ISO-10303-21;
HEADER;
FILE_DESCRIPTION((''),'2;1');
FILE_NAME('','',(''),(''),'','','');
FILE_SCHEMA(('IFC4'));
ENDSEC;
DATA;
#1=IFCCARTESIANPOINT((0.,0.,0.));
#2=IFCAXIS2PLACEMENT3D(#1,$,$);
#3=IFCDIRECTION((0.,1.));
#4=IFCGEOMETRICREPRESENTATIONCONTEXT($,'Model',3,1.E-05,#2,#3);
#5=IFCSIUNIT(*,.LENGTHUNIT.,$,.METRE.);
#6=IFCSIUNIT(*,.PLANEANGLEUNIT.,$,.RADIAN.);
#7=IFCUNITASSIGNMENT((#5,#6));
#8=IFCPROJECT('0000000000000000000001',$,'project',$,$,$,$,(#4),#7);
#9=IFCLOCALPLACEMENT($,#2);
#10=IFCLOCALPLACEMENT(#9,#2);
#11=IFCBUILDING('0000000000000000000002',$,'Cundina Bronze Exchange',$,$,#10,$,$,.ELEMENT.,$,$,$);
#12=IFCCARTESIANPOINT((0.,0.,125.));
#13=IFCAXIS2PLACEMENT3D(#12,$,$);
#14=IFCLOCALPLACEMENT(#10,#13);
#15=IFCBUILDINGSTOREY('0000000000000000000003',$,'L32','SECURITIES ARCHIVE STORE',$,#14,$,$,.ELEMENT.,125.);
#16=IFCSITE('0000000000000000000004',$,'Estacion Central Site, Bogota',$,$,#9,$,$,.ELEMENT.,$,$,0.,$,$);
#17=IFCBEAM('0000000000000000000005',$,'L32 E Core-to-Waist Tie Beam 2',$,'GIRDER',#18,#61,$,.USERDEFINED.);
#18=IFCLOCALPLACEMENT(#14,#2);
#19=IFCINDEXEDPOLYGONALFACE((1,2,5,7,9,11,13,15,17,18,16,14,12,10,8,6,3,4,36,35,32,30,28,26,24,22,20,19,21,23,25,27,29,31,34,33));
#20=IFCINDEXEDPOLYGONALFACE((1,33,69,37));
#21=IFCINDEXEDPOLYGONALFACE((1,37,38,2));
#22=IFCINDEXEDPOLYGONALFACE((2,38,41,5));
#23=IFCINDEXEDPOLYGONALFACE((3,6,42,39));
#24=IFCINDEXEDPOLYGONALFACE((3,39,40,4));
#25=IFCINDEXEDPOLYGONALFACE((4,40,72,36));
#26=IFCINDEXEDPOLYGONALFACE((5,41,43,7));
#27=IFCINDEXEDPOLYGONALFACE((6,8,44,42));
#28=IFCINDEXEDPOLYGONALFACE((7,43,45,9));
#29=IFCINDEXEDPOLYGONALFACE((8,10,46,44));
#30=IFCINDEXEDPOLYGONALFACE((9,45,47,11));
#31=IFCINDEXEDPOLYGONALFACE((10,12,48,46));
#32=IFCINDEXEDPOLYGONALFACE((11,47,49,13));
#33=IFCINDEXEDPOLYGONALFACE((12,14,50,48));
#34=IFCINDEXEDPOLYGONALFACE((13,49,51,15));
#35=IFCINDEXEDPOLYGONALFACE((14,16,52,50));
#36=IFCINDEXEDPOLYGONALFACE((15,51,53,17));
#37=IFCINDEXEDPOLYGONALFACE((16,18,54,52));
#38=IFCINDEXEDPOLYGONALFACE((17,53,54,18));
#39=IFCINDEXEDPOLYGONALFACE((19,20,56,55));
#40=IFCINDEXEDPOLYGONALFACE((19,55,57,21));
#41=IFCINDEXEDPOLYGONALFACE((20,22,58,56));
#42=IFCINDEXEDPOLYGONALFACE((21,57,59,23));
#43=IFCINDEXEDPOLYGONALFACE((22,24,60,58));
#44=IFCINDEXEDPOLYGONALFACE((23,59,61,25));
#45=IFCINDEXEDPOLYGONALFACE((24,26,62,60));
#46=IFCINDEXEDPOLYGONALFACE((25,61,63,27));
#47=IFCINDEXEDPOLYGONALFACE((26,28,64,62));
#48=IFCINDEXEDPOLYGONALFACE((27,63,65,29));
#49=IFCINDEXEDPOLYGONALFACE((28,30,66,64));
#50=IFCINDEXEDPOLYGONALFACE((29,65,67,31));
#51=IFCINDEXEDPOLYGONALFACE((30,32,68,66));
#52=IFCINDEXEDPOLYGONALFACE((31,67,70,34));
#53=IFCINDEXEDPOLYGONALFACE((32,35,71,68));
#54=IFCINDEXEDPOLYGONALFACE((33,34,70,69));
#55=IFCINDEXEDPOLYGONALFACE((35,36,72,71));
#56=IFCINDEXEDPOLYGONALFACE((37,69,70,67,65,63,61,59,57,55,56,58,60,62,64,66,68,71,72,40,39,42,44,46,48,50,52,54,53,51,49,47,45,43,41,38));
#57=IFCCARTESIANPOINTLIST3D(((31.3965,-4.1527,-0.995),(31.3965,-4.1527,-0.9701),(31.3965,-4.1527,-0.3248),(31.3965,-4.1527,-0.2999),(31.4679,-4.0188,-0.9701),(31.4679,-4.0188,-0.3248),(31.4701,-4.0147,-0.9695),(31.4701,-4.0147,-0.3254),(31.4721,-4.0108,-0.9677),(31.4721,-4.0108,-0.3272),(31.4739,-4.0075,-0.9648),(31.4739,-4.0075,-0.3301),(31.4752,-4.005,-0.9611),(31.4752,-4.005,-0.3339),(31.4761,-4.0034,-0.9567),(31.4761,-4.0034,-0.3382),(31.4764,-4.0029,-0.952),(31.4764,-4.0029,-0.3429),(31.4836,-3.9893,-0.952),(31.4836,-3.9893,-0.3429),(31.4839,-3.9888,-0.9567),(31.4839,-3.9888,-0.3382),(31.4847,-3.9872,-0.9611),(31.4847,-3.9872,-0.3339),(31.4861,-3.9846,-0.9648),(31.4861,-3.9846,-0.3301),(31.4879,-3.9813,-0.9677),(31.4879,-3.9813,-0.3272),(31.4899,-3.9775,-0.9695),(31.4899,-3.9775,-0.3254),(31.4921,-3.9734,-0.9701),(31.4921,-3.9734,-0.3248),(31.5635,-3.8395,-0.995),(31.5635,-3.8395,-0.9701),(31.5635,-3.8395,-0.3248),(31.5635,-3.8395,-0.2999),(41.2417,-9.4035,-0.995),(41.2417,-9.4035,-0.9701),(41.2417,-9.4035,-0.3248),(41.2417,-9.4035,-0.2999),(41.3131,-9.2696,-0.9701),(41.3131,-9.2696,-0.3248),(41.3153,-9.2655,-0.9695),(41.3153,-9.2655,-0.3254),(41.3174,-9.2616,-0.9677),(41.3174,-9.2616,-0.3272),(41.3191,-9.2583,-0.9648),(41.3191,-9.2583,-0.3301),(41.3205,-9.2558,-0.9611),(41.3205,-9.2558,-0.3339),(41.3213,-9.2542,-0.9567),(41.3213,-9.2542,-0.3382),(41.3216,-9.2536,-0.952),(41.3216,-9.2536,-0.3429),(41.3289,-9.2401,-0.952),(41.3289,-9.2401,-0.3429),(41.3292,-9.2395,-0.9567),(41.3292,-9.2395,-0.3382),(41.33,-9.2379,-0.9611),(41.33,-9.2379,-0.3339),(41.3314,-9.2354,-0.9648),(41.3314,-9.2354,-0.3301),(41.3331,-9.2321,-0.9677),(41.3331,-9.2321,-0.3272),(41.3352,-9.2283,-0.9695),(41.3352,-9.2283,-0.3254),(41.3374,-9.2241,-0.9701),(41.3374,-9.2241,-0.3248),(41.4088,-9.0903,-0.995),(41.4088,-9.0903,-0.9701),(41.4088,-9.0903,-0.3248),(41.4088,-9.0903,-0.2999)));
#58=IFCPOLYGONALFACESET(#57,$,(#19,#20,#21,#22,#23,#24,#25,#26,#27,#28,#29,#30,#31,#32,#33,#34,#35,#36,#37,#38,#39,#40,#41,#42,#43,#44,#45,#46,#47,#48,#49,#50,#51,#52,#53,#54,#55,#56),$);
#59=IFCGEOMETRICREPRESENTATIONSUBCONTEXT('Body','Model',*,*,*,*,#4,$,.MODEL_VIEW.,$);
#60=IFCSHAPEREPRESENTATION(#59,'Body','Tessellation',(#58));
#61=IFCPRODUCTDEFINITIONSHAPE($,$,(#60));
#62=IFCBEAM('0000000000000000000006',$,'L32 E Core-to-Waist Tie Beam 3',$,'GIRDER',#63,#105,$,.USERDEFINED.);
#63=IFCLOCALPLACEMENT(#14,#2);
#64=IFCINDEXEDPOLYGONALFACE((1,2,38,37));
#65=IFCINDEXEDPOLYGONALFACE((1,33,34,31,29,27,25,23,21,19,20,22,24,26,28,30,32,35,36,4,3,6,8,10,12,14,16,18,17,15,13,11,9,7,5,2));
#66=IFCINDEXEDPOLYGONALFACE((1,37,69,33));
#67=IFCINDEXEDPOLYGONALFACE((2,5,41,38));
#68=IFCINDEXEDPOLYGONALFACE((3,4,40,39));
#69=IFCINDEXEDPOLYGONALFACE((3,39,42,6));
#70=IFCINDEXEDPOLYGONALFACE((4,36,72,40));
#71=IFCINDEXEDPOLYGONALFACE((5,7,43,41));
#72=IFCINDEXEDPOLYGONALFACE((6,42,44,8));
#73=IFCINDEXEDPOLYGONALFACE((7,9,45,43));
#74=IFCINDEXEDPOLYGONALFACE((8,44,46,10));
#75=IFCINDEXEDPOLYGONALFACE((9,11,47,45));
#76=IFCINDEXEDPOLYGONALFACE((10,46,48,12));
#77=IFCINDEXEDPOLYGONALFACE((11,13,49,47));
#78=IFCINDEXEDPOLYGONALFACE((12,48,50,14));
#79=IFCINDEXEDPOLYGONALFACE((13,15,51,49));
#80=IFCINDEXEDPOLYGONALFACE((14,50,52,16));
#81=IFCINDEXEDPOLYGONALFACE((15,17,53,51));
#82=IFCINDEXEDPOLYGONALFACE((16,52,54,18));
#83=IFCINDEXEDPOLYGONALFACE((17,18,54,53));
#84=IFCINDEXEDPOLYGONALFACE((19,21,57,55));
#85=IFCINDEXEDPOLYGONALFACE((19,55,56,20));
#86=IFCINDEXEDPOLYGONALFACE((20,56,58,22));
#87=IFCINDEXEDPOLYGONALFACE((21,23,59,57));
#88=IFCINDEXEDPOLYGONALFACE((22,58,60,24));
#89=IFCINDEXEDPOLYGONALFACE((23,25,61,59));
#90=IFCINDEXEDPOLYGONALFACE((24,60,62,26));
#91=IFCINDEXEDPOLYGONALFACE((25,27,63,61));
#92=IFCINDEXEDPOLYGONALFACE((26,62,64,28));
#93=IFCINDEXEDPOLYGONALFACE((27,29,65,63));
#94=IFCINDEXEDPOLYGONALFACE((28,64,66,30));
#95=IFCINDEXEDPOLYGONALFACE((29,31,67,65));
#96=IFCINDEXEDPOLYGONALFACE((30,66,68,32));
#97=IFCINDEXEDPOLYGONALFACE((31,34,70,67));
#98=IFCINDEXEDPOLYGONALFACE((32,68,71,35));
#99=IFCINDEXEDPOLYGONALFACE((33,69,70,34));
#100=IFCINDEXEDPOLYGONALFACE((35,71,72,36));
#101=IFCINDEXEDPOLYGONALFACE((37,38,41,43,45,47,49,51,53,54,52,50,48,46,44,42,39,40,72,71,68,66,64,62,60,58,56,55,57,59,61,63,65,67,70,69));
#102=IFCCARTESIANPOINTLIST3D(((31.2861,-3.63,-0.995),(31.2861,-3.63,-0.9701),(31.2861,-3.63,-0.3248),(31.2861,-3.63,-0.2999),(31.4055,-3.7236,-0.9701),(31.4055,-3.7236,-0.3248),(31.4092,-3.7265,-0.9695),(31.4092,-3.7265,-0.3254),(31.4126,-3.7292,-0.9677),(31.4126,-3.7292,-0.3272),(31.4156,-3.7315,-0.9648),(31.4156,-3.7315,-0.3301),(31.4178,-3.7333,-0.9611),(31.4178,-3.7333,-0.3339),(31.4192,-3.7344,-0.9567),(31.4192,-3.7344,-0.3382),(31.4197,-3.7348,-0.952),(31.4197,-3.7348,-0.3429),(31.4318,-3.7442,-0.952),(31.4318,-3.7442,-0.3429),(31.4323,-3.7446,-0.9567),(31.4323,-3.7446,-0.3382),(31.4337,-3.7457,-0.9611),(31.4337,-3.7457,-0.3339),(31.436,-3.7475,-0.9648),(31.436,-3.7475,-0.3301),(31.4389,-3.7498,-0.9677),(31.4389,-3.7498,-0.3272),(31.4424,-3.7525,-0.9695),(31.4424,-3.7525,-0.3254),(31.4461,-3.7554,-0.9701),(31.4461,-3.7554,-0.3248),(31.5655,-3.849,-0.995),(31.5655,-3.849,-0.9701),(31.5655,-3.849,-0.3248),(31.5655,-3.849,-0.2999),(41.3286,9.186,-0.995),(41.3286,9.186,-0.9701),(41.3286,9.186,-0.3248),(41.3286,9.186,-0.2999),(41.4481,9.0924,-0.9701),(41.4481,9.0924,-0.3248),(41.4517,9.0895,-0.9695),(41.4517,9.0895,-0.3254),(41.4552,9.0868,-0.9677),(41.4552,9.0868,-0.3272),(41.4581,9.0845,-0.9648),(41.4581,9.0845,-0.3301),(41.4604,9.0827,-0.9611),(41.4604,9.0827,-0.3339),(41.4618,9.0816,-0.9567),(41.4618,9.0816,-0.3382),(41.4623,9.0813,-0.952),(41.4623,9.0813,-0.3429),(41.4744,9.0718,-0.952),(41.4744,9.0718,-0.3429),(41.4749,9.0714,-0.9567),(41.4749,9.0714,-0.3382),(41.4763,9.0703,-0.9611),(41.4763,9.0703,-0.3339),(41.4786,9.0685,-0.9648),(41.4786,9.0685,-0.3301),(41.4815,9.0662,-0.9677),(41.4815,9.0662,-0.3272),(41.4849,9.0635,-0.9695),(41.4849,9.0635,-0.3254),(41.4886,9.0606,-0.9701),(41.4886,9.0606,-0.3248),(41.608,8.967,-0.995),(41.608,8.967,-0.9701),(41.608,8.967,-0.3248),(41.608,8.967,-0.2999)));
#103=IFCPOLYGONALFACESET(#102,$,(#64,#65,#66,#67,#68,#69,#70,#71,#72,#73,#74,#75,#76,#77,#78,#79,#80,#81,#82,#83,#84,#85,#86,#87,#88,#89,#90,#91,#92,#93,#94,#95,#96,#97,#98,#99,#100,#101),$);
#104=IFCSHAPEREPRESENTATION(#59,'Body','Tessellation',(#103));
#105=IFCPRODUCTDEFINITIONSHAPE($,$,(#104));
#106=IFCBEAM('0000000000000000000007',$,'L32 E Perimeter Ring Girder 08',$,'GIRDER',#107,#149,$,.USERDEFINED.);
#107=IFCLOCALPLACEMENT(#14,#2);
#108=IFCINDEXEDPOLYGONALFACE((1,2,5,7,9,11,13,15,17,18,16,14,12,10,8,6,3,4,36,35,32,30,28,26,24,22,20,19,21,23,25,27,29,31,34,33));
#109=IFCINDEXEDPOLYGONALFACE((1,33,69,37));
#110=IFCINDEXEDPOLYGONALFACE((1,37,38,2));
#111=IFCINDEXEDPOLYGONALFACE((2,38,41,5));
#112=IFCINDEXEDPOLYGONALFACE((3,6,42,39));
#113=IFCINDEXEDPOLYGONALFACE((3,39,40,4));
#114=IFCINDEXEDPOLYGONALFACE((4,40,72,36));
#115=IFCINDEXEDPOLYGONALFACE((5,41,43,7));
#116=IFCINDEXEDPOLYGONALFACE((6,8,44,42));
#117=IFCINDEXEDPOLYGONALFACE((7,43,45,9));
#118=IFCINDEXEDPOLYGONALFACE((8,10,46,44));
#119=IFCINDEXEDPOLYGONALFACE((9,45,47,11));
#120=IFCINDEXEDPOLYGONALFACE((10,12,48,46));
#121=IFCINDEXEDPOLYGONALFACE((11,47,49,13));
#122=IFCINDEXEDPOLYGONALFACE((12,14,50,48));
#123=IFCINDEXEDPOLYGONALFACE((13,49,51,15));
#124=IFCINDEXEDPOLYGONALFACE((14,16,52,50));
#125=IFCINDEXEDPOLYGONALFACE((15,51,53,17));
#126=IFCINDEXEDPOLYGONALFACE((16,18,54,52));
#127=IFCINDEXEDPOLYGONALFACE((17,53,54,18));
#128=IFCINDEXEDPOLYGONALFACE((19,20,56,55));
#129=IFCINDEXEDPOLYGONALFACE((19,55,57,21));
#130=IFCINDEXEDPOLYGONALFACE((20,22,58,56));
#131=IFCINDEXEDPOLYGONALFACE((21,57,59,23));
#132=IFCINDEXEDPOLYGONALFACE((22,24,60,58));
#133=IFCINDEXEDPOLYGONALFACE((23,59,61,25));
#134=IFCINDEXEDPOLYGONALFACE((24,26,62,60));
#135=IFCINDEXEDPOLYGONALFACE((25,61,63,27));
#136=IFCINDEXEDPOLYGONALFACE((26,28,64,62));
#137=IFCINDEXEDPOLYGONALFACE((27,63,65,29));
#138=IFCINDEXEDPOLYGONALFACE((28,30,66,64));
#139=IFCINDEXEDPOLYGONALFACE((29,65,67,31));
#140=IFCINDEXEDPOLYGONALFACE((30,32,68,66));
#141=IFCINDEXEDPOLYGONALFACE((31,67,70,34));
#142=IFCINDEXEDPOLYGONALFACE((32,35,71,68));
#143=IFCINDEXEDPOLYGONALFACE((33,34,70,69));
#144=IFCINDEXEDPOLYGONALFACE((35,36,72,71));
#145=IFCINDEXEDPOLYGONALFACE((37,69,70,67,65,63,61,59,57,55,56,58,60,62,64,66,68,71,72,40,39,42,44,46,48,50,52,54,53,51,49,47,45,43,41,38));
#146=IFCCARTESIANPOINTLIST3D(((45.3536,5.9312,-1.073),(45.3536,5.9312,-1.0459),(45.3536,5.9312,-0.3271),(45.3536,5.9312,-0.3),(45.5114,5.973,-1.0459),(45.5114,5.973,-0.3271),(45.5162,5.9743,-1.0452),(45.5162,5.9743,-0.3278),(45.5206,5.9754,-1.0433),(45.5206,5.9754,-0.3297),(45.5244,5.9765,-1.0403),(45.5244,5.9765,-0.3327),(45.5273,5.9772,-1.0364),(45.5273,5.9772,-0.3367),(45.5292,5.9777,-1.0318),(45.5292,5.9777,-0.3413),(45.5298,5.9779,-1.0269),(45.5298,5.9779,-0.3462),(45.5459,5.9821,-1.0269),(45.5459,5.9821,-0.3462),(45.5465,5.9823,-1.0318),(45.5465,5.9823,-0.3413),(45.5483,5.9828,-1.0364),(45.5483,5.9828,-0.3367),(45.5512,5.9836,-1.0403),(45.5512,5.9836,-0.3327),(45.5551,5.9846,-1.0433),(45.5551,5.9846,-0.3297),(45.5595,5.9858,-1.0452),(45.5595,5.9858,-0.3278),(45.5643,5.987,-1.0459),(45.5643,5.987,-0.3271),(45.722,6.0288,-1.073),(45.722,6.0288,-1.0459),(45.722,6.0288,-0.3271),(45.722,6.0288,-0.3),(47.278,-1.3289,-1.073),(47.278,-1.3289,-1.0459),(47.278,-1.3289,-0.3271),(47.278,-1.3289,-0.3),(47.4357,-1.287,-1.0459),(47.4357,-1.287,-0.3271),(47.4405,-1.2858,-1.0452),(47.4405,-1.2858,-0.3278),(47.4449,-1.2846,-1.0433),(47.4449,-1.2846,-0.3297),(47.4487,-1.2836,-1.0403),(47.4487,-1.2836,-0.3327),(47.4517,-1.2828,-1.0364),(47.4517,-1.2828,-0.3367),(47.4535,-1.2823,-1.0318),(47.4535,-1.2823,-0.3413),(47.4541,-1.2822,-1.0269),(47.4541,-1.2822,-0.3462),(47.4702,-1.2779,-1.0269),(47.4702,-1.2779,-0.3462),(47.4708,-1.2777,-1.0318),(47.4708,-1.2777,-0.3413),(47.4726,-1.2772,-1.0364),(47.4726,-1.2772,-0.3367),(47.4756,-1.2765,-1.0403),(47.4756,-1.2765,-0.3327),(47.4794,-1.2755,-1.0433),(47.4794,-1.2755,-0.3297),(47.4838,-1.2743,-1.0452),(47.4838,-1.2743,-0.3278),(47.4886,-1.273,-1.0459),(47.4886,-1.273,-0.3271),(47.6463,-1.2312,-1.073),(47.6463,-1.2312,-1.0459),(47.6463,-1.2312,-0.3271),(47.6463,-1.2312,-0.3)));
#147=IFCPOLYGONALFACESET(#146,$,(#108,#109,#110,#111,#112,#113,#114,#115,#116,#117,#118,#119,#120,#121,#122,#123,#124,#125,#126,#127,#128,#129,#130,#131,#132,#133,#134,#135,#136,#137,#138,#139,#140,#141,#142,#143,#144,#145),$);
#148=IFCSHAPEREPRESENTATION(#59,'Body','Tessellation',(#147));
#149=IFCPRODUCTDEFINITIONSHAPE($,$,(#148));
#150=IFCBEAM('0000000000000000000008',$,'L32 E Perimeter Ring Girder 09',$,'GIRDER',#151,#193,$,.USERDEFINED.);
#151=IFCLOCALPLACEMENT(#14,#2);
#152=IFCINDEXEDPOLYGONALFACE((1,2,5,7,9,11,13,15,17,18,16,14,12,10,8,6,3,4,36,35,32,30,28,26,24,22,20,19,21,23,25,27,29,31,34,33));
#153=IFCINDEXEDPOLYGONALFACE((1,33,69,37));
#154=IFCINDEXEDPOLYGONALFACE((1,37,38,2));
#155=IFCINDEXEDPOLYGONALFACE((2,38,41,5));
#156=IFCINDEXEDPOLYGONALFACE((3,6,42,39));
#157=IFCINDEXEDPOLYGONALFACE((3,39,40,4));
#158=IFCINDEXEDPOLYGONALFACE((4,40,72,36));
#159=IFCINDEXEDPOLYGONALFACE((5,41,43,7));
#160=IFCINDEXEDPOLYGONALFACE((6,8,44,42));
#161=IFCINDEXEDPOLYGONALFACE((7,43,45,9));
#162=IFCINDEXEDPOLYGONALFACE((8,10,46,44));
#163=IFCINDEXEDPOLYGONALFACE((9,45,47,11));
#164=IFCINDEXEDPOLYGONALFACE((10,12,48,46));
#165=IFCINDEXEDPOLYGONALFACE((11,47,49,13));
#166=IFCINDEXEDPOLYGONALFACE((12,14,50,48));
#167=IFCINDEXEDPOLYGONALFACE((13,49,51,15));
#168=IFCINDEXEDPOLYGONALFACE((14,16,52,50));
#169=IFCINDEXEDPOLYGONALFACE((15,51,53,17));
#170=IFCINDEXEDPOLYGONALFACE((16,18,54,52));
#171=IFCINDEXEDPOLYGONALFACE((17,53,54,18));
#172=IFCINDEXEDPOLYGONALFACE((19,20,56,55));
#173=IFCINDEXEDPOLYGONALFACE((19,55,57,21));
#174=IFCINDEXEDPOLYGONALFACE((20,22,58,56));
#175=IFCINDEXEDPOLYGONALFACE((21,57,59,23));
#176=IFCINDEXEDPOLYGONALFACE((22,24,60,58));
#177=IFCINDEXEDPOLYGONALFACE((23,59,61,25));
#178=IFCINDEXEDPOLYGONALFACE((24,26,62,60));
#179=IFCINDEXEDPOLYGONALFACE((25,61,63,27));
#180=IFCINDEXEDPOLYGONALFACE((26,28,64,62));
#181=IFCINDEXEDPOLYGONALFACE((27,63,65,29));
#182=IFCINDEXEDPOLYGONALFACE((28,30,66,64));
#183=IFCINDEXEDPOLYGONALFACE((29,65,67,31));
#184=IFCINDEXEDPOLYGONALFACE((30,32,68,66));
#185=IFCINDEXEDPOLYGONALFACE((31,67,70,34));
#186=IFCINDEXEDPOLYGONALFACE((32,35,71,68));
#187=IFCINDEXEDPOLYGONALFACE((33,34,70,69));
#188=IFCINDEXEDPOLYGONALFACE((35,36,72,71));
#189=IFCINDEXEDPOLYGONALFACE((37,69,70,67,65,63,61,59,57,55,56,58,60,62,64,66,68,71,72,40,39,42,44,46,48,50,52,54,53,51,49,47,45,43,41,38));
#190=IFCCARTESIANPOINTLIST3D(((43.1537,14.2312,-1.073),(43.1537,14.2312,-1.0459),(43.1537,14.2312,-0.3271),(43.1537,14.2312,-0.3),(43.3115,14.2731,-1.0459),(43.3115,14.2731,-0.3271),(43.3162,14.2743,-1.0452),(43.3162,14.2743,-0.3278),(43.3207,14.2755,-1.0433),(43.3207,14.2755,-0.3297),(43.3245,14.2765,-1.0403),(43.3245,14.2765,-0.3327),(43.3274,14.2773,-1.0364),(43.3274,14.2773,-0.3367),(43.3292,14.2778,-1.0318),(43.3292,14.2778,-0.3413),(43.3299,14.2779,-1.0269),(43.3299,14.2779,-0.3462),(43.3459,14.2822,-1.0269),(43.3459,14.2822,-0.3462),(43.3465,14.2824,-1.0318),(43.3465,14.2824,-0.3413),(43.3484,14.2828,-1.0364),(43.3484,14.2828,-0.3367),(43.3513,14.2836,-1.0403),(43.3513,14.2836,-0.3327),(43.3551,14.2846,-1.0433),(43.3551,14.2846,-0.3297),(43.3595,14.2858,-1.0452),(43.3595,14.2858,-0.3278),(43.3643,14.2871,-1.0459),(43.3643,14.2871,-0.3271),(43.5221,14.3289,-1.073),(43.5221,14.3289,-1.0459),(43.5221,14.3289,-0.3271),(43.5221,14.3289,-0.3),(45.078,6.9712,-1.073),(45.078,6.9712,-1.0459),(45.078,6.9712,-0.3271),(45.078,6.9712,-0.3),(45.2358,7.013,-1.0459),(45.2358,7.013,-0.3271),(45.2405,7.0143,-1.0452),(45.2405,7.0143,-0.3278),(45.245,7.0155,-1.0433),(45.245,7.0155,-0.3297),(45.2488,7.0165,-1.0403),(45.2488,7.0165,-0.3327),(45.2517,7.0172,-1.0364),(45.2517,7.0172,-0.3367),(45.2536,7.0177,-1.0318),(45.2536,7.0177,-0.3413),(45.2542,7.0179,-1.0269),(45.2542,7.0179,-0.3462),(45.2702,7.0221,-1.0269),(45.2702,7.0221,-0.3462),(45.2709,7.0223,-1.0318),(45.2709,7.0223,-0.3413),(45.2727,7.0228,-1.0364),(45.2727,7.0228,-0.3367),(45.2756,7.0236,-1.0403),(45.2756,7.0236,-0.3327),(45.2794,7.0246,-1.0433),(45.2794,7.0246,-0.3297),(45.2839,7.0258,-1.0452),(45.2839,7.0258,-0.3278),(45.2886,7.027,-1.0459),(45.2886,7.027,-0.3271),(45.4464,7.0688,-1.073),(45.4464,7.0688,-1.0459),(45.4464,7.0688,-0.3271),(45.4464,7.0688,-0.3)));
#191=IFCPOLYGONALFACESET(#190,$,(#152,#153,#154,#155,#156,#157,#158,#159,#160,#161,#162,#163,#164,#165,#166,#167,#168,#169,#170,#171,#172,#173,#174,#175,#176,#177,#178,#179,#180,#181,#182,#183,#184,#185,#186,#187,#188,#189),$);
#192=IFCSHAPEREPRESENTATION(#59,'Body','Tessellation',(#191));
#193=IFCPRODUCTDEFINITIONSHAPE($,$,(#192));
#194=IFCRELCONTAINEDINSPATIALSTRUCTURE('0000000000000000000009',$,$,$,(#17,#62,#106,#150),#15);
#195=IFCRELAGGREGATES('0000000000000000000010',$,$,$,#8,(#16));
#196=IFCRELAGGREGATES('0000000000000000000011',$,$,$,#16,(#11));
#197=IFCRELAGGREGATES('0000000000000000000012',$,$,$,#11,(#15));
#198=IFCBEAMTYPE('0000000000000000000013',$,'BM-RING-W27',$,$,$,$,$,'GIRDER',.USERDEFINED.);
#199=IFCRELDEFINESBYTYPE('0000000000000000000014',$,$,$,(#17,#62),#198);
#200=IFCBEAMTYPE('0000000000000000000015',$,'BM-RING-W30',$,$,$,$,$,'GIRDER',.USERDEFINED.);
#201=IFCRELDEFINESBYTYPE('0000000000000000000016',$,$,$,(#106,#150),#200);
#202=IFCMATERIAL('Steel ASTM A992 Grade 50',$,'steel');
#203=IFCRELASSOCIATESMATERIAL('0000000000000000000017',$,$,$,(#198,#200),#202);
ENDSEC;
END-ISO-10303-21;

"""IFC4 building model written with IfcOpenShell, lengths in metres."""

from ifc_helpers import new_model, si_unit, direction, frame, origin, origin_2d, place, context, subcontext, project, spatial, i_section, extrude, material, material_profile, profile_set, type_object, element, save


model = new_model("IFC4")

# Units and contexts
model_context = context("Model", 3, precision=1e-05, world=origin(), true_north=direction((0.0, 1.0)))
body_context = subcontext(model_context, "Body", "Model", "MODEL_VIEW")
ifc_project = project(units=[si_unit("LENGTHUNIT", "METRE"), si_unit("PLANEANGLEUNIT", "RADIAN")], contexts=[model_context])

# Site, building, storey
site_placement = place(None, origin())
site = spatial("IfcSite", under=ifc_project, at=site_placement, Name="Estacion Central Site, Bogota", CompositionType="ELEMENT", RefElevation=0.0)
building_placement = place(site_placement, origin())
building = spatial("IfcBuilding", under=site, at=building_placement, Name="Cundina Bronze Exchange", CompositionType="ELEMENT")
storey_placement = place(building_placement, frame((0.0, 0.0, 125.0)))
storey = spatial("IfcBuildingStorey", under=building, at=storey_placement, Name="L32", Description="SECURITIES ARCHIVE STORE", CompositionType="ELEMENT", Elevation=125.0)

# Shared definitions
ifc_material_1 = material(Name="Steel ASTM A992 Grade 50", Category="steel")

# Beams
ifc_material_profile_1 = material_profile(ifc_material_1, i_section(OverallWidth=0.355, OverallDepth=0.6951, WebThickness=0.0154, FlangeThickness=0.0249, FilletRadius=0.0181, at=origin_2d()), Name="W27X146", Category="steel")
ifc_profile_set_1 = profile_set([ifc_material_profile_1], Name="Steel ASTM A992 Grade 50")
beam_type_1 = type_object("IfcBeamType", Name="BM-RING-W27", ElementType="GIRDER", PredefinedType="USERDEFINED", material=ifc_profile_set_1)
beam_1_placement = place(storey_placement, frame((31.48, -3.9961, -0.6475), z_axis=(0.882355, -0.470585, 0.0), x_axis=(0.470585, 0.882355, 0.0)))
element("IfcBeam", 1, at=beam_1_placement, inside=storey, type_object=beam_type_1, Name="L32 E Core-to-Waist Tie Beam 2", ObjectType="GIRDER", PredefinedType="USERDEFINED", context=body_context, shape_type="SweptSolid", body=[
    extrude(i_section(OverallWidth=0.355, OverallDepth=0.6951, WebThickness=0.0154, FlangeThickness=0.0249, FilletRadius=0.0181, at=origin_2d()), origin(), (0.0, 0.0, 1.0), 11.158),
])
beam_2_placement = place(storey_placement, frame((31.4258, -3.7395, -0.6475), z_axis=(0.616789, 0.787128, 0.0), x_axis=(-0.787128, 0.616789, 0.0)))
element("IfcBeam", 2, at=beam_2_placement, inside=storey, type_object=beam_type_1, Name="L32 E Core-to-Waist Tie Beam 3", ObjectType="GIRDER", PredefinedType="USERDEFINED", context=body_context, shape_type="SweptSolid", body=[
    extrude(i_section(OverallWidth=0.355, OverallDepth=0.6951, WebThickness=0.0154, FlangeThickness=0.0249, FilletRadius=0.0181, at=origin_2d()), origin(), (0.0, 0.0, 1.0), 16.282),
])
ifc_material_profile_2 = material_profile(ifc_material_1, i_section(OverallWidth=0.3811, OverallDepth=0.7729, WebThickness=0.0166, FlangeThickness=0.0271, FilletRadius=0.019, at=origin_2d()), Name="W30X173", Category="steel")
ifc_profile_set_2 = profile_set([ifc_material_profile_2], Name="Steel ASTM A992 Grade 50")
beam_type_2 = type_object("IfcBeamType", Name="BM-RING-W30", ElementType="GIRDER", PredefinedType="USERDEFINED", material=ifc_profile_set_2)
for number, where, z_axis, x_axis, name in (
    (3, (47.4622, -1.28, -0.6865), (-0.25621, 0.966621, 0.0), (-0.966621, -0.25621, 0.0), "L32 E Perimeter Ring Girder 08"),
    (4, (45.2622, 7.02, -0.6865), (-0.25621, 0.966621, 0.0), (-0.966621, -0.25621, 0.0), "L32 E Perimeter Ring Girder 09"),
):
    element("IfcBeam", number, at=place(storey_placement, frame(where, z_axis=z_axis, x_axis=x_axis)), inside=storey, type_object=beam_type_2, Name=name, ObjectType="GIRDER", PredefinedType="USERDEFINED", context=body_context, shape_type="SweptSolid", body=[
        extrude(i_section(OverallWidth=0.3811, OverallDepth=0.7729, WebThickness=0.0166, FlangeThickness=0.0271, FilletRadius=0.019, at=origin_2d()), origin(), (0.0, 0.0, 1.0), 7.5107),
    ])

save(model, "model.ifc")
